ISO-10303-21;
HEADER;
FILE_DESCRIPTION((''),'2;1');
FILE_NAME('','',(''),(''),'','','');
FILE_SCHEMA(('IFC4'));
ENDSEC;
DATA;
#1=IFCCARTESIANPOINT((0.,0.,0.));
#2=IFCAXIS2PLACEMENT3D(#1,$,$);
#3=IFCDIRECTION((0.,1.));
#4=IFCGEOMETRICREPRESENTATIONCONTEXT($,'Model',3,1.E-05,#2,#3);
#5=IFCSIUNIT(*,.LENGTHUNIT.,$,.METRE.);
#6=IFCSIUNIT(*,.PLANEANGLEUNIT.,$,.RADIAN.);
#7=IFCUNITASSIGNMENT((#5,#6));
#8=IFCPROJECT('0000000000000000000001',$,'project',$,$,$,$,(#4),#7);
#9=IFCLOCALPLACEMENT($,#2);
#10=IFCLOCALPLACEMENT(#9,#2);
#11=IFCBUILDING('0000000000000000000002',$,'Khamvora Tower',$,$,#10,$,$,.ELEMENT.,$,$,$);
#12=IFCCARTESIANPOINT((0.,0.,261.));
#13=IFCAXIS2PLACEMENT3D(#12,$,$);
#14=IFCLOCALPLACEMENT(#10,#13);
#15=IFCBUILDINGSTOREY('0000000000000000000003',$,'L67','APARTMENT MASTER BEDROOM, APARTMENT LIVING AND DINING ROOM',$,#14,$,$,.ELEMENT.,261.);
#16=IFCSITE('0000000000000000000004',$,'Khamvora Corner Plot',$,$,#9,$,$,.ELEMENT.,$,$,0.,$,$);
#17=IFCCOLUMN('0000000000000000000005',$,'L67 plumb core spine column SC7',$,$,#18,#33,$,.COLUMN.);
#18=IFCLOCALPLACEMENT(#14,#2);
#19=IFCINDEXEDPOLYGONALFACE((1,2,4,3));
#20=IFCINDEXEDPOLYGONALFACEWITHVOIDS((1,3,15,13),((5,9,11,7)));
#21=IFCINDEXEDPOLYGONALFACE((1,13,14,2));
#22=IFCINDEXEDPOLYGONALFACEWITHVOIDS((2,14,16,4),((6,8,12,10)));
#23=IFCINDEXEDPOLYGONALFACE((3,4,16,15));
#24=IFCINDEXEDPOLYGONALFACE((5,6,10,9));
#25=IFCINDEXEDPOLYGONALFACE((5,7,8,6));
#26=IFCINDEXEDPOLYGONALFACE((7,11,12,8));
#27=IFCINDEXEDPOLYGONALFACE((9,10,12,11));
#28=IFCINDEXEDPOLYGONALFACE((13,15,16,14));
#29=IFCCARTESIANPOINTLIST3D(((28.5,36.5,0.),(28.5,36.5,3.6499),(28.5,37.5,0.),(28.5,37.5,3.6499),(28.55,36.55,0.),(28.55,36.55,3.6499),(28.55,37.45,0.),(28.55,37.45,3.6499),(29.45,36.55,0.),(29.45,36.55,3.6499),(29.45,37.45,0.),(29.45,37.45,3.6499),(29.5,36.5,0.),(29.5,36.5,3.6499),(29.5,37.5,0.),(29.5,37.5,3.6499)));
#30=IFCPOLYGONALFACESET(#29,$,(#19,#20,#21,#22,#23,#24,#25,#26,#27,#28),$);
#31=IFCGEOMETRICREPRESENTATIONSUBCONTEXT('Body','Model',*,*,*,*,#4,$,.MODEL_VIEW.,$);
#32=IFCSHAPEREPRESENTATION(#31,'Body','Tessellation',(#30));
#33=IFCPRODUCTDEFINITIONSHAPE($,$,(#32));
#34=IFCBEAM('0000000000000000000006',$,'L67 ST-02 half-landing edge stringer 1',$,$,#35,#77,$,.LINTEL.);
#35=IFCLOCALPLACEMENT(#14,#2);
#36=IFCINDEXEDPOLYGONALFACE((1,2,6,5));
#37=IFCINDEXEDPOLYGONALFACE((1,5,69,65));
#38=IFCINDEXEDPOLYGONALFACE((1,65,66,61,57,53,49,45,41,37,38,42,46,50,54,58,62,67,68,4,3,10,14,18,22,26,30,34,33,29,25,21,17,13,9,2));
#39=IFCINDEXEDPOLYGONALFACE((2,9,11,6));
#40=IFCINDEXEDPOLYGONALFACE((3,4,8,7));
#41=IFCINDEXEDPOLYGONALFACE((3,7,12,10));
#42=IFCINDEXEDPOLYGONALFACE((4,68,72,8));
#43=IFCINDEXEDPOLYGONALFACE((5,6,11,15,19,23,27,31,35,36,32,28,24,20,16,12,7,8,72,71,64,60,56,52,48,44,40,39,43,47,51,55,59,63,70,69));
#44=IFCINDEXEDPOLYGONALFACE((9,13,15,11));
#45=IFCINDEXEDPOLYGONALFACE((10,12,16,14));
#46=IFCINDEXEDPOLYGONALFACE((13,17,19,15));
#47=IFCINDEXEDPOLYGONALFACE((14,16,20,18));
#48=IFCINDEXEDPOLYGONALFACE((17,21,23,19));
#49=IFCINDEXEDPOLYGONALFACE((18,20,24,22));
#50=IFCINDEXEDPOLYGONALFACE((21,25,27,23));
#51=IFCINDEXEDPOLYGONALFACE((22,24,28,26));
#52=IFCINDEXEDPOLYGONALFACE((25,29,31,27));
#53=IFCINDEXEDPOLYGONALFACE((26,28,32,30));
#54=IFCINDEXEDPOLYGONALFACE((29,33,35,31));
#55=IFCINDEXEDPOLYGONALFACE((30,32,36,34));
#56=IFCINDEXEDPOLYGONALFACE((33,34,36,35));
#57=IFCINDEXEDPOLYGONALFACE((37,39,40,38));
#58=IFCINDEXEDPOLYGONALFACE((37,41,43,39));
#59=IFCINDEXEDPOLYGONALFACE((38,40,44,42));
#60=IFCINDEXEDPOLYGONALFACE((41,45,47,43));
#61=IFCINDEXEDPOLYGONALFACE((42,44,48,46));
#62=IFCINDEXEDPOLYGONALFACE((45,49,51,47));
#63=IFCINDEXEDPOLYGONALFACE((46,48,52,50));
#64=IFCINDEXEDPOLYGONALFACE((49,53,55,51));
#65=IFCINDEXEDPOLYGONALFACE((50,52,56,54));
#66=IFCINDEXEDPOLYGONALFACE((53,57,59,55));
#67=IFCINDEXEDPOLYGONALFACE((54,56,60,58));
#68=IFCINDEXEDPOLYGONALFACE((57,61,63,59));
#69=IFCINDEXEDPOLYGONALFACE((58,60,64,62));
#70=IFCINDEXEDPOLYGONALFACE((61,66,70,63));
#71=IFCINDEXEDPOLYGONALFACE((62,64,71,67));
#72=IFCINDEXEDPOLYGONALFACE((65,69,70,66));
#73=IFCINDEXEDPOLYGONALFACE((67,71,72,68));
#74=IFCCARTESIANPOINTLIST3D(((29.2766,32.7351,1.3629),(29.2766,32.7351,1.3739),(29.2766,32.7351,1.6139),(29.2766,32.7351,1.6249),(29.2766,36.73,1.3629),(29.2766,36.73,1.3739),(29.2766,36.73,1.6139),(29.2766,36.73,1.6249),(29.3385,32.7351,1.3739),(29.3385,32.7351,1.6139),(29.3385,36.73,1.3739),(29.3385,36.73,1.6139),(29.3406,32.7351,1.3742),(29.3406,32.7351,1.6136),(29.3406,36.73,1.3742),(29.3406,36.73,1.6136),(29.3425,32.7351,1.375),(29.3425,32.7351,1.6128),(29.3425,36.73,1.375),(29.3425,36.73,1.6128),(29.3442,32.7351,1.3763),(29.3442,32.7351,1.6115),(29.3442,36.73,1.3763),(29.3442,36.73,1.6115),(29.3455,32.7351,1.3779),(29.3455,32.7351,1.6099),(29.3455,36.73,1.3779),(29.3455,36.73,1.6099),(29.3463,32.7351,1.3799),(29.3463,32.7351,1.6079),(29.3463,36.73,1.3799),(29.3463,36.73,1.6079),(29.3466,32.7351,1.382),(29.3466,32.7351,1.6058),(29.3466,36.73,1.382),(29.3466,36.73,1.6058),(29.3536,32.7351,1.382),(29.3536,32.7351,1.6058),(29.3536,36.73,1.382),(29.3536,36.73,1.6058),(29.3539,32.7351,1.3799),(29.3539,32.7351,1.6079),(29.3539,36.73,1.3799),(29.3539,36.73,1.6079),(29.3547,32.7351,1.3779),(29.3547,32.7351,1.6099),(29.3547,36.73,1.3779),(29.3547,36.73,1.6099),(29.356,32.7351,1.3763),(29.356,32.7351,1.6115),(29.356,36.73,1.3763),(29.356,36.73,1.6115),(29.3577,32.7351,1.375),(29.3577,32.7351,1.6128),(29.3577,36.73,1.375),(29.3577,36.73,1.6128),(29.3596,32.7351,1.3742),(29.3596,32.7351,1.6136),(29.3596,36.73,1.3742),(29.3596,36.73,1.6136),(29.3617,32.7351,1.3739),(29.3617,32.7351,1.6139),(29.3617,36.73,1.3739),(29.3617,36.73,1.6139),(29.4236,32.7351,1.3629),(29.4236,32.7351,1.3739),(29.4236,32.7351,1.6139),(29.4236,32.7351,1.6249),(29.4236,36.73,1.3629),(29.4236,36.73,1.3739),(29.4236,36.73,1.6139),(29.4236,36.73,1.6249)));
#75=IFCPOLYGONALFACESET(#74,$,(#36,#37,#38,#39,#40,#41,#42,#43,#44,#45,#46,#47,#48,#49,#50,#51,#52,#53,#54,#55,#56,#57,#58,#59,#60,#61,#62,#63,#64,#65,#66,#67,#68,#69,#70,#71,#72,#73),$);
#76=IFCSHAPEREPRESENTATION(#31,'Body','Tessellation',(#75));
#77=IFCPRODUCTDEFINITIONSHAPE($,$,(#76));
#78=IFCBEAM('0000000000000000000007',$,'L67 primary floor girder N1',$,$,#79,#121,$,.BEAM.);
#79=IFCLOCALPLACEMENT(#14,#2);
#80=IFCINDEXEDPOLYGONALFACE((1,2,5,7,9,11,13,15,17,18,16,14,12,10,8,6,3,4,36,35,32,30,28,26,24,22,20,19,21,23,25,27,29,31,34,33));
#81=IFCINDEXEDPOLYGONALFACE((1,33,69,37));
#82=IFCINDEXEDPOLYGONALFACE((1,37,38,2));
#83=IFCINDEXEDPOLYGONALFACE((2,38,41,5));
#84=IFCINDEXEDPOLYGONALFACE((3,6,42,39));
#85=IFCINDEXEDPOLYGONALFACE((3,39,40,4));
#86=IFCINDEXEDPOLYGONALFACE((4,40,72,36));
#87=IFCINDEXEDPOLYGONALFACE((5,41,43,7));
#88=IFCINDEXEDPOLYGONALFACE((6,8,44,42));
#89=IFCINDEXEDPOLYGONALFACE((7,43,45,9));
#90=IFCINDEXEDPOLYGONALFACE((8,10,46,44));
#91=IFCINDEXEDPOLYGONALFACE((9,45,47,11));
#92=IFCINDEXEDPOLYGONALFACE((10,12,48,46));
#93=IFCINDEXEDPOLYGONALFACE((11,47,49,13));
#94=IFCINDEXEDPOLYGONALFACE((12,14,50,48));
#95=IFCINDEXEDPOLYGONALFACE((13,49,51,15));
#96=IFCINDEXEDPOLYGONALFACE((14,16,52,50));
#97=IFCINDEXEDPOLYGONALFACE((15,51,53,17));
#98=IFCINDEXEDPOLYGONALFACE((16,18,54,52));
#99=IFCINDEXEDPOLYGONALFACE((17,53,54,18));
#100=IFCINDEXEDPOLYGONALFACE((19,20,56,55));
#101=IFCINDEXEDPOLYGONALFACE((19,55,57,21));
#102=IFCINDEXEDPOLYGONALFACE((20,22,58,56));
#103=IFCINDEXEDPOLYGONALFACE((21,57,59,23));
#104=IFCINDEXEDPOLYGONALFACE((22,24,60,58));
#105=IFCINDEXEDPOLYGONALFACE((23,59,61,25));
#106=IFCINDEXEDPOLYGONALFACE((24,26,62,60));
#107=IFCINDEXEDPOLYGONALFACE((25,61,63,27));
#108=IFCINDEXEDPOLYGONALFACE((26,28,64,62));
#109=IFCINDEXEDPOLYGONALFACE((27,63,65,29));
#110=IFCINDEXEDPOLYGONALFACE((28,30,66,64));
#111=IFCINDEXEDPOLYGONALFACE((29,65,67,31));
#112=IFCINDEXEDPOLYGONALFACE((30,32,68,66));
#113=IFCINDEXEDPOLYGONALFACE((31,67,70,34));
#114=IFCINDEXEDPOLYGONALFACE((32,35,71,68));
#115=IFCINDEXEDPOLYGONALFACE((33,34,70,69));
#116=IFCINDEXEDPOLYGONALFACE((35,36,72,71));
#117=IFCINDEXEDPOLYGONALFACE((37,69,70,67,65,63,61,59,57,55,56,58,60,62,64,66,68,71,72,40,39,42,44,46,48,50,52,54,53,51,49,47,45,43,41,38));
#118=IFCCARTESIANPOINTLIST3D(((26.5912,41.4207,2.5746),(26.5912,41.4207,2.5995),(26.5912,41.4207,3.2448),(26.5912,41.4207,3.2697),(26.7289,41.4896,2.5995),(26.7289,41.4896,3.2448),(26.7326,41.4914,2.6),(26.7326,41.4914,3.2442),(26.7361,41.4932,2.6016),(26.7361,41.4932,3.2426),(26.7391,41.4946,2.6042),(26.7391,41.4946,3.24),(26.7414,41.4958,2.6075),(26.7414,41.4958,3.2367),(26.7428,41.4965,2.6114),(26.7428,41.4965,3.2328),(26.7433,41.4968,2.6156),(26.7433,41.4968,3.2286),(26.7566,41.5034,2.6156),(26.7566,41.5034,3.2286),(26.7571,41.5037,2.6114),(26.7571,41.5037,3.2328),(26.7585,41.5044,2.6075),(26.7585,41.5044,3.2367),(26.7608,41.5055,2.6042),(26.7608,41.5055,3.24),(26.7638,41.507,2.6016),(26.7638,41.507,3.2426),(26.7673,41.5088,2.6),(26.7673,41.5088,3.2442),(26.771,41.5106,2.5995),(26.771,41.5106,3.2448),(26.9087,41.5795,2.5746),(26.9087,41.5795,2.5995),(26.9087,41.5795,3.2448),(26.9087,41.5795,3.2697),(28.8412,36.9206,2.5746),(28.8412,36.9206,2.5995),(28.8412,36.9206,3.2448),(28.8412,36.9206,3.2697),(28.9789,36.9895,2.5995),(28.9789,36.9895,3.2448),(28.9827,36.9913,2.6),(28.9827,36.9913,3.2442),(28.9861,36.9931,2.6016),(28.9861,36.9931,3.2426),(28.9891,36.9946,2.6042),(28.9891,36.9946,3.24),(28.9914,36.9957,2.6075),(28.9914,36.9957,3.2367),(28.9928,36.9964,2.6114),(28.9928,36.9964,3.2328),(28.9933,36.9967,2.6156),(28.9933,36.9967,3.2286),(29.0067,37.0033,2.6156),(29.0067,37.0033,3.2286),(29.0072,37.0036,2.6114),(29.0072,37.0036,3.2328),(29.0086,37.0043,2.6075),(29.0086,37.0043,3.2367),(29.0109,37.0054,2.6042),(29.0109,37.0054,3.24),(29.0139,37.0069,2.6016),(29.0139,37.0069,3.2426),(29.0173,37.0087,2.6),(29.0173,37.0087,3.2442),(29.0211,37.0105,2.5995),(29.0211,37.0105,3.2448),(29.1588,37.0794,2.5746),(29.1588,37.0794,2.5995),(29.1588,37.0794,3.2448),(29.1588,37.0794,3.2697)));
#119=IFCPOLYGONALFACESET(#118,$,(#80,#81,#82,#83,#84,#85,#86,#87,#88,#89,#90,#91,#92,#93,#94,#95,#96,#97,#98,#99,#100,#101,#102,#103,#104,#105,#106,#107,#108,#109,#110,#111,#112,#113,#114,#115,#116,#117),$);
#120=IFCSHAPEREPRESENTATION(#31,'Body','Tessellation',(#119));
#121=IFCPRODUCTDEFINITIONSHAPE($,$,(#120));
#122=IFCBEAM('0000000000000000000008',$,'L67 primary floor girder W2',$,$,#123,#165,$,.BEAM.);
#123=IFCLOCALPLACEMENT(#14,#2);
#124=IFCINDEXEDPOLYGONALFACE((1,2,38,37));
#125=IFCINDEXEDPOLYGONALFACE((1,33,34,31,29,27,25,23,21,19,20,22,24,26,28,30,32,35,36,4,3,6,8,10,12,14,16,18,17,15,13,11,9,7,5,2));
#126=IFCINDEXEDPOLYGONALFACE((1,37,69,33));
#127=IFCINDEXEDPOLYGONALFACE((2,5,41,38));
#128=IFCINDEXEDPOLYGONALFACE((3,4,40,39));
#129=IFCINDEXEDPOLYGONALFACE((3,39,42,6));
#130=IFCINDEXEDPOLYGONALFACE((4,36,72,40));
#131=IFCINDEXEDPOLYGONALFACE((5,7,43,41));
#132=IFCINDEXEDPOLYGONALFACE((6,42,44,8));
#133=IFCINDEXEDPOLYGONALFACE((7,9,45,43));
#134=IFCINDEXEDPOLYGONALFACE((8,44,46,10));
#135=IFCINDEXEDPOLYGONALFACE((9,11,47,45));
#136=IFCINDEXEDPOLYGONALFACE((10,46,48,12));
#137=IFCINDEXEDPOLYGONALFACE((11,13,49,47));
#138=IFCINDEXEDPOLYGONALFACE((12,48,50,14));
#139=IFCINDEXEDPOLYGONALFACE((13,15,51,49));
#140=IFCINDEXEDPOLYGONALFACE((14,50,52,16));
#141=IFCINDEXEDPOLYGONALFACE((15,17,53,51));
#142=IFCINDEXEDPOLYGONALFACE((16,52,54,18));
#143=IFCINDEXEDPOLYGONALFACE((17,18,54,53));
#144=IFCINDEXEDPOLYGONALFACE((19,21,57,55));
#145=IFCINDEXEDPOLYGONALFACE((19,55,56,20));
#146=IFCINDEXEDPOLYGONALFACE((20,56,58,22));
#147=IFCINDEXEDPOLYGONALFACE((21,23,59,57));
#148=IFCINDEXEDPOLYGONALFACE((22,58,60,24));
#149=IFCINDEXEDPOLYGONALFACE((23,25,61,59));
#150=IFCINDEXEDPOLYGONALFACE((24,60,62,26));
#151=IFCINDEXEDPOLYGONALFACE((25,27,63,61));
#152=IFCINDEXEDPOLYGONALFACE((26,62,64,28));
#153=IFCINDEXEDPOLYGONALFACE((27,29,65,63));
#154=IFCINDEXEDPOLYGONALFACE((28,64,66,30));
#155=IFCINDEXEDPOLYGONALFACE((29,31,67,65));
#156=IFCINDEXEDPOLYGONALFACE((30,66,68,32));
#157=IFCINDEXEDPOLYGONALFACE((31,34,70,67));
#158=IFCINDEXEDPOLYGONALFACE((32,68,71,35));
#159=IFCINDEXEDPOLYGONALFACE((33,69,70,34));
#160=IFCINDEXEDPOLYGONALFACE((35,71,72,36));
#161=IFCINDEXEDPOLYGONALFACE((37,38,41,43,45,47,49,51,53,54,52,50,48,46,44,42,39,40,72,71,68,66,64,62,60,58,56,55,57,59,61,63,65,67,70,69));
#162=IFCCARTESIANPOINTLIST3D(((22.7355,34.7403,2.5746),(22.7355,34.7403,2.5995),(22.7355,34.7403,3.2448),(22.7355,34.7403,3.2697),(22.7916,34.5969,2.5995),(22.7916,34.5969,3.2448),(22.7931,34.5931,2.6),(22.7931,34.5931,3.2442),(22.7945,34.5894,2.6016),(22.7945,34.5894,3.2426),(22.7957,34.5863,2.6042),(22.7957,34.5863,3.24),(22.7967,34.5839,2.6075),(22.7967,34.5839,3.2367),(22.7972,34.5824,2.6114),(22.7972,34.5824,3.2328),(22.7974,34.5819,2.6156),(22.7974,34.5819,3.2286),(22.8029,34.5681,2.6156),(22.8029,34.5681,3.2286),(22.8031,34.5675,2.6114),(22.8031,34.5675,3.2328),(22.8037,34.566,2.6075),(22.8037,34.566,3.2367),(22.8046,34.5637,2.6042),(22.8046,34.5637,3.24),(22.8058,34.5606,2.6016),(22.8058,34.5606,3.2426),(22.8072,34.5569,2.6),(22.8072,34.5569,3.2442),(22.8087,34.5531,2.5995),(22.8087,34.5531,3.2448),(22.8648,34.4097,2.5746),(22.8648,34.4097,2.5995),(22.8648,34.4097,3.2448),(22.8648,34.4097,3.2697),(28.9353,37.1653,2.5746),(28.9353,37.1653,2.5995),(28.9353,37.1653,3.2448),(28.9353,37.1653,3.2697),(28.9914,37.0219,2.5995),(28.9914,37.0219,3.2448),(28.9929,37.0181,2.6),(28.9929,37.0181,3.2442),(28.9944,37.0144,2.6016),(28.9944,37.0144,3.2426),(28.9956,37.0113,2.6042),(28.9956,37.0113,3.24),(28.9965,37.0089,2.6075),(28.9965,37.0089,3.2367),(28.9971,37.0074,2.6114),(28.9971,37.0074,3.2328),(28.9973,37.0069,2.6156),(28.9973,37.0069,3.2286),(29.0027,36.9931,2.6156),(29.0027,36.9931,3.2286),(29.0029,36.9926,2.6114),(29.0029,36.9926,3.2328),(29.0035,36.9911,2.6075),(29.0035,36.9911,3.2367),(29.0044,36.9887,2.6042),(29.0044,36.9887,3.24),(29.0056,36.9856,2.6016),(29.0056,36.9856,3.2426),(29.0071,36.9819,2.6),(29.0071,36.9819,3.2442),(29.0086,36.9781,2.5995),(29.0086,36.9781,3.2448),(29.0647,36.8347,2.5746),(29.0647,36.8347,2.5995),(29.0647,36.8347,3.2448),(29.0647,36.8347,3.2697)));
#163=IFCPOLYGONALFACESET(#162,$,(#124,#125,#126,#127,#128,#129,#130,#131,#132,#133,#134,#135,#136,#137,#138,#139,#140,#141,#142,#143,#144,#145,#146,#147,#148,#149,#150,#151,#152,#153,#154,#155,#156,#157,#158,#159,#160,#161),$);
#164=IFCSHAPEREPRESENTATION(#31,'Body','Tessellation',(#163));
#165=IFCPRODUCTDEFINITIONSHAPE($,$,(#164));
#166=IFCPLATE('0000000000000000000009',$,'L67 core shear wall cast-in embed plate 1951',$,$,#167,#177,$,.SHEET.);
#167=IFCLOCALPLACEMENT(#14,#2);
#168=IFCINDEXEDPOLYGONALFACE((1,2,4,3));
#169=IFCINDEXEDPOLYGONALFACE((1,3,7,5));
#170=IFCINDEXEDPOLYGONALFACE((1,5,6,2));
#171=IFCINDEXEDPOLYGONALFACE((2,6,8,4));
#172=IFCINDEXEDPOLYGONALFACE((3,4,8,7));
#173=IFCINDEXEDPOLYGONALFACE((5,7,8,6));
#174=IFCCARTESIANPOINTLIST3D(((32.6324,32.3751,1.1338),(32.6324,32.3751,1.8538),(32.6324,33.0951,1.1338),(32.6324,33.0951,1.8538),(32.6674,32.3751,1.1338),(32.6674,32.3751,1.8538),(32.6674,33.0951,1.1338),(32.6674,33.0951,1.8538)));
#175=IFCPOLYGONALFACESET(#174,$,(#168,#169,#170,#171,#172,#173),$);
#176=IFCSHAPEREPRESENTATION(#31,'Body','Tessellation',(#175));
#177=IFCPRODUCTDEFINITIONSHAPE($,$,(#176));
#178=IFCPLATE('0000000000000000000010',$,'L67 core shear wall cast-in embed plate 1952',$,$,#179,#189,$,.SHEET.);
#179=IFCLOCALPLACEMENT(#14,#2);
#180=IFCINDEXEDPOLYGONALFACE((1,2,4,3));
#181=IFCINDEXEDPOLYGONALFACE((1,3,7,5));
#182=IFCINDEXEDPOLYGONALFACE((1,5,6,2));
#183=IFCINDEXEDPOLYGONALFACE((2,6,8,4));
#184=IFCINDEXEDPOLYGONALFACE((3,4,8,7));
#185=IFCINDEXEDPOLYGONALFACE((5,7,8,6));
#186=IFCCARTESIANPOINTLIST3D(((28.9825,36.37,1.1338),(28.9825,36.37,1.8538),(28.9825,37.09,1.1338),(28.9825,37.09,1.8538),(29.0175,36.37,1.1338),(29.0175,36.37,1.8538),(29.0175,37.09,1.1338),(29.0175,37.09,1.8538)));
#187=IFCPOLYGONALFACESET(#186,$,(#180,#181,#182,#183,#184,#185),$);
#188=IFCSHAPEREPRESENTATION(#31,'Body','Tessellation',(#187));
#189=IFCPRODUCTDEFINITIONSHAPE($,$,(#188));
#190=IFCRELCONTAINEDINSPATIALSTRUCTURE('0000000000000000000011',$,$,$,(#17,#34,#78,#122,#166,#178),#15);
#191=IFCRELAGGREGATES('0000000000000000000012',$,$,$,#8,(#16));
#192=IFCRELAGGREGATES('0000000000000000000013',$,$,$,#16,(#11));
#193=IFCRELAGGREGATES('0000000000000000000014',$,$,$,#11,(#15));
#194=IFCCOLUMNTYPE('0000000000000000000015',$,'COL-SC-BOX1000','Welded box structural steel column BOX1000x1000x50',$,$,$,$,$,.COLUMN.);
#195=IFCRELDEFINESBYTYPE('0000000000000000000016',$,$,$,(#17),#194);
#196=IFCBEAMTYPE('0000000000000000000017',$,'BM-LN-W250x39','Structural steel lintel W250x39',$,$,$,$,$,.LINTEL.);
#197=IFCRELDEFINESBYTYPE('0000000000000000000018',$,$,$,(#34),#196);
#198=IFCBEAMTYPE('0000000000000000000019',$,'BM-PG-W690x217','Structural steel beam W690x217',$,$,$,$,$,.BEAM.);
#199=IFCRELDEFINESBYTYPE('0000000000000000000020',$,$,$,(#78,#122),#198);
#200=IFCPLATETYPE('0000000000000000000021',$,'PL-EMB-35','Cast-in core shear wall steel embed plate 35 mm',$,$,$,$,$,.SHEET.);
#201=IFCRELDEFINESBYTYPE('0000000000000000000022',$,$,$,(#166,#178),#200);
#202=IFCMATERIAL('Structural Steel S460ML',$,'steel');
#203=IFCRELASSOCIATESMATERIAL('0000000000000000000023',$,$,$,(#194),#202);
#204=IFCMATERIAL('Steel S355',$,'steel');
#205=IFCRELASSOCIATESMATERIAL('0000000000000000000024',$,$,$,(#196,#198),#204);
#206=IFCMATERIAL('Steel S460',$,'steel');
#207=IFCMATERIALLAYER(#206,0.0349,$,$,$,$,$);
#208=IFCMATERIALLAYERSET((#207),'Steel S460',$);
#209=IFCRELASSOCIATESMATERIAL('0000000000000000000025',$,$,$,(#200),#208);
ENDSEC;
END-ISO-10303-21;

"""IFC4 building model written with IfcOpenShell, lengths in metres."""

from ifc_helpers import new_model, si_unit, direction, frame, origin, origin_2d, place, context, subcontext, project, spatial, rectangle, hollow_rectangle, i_section, extrude, material, layer, layer_set, material_profile, profile_set, type_object, element, save


model = new_model("IFC4")

# Units and contexts
model_context = context("Model", 3, precision=1e-05, world=origin(), true_north=direction((0.0, 1.0)))
body_context = subcontext(model_context, "Body", "Model", "MODEL_VIEW")
ifc_project = project(units=[si_unit("LENGTHUNIT", "METRE"), si_unit("PLANEANGLEUNIT", "RADIAN")], contexts=[model_context])

# Site, building, storey
site_placement = place(None, origin())
site = spatial("IfcSite", under=ifc_project, at=site_placement, Name="Khamvora Corner Plot", CompositionType="ELEMENT", RefElevation=0.0)
building_placement = place(site_placement, origin())
building = spatial("IfcBuilding", under=site, at=building_placement, Name="Khamvora Tower", CompositionType="ELEMENT")
storey_placement = place(building_placement, frame((0.0, 0.0, 261.0)))
storey = spatial("IfcBuildingStorey", under=building, at=storey_placement, Name="L67", Description="APARTMENT MASTER BEDROOM, APARTMENT LIVING AND DINING ROOM", CompositionType="ELEMENT", Elevation=261.0)

# Column
ifc_material_1 = material(Name="Structural Steel S460ML", Category="steel")
ifc_material_profile_1 = material_profile(ifc_material_1, hollow_rectangle(XDim=1.0, YDim=1.0, WallThickness=0.05, at=origin_2d()), Name="BOX1000x1000x50")
ifc_profile_set_1 = profile_set([ifc_material_profile_1], Name="Structural Steel S460ML")
column_type = type_object("IfcColumnType", Name="COL-SC-BOX1000", Description="Welded box structural steel column BOX1000x1000x50", PredefinedType="COLUMN", material=ifc_profile_set_1)
column_placement = place(storey_placement, frame((29.0, 37.0, 0.0), z_axis=(0.0, 0.0, 1.0), x_axis=(1.0, 0.0, 0.0)))
element("IfcColumn", 1, at=column_placement, inside=storey, type_object=column_type, Name="L67 plumb core spine column SC7", PredefinedType="COLUMN", context=body_context, shape_type="SweptSolid", body=[
    extrude(hollow_rectangle(XDim=1.0, YDim=1.0, WallThickness=0.05, at=origin_2d()), origin(), (0.0, 0.0, 1.0), 3.6499),
])

# Beams
ifc_material_2 = material(Name="Steel S355", Category="steel")
ifc_material_profile_2 = material_profile(ifc_material_2, i_section(OverallWidth=0.147, OverallDepth=0.262, WebThickness=0.0071, FlangeThickness=0.011, FilletRadius=0.0081, at=origin_2d()), Name="W250x39")
ifc_profile_set_2 = profile_set([ifc_material_profile_2], Name="Steel S355")
beam_type_1 = type_object("IfcBeamType", Name="BM-LN-W250x39", Description="Structural steel lintel W250x39", PredefinedType="LINTEL", material=ifc_profile_set_2)
beam_1_placement = place(storey_placement, frame((29.3501, 32.7351, 1.4939), z_axis=(0.0, 1.0, 0.0), x_axis=(-1.0, 0.0, 0.0)))
element("IfcBeam", 2, at=beam_1_placement, inside=storey, type_object=beam_type_1, Name="L67 ST-02 half-landing edge stringer 1", PredefinedType="LINTEL", context=body_context, shape_type="SweptSolid", body=[
    extrude(i_section(OverallWidth=0.147, OverallDepth=0.262, WebThickness=0.0071, FlangeThickness=0.011, FilletRadius=0.0081, at=origin_2d()), origin(), (0.0, 0.0, 1.0), 3.9949),
])
ifc_material_profile_3 = material_profile(ifc_material_2, i_section(OverallWidth=0.355, OverallDepth=0.6951, WebThickness=0.0149, FlangeThickness=0.0249, FilletRadius=0.0161, at=origin_2d()), Name="W690x217")
ifc_profile_set_3 = profile_set([ifc_material_profile_3], Name="Steel S355")
beam_type_2 = type_object("IfcBeamType", Name="BM-PG-W690x217", Description="Structural steel beam W690x217", PredefinedType="BEAM", material=ifc_profile_set_3)
beam_2_placement = place(storey_placement, frame((29.0, 37.0, 2.9221), z_axis=(-0.447214, 0.894427, 0.0), x_axis=(-0.894427, -0.447214, 0.0)))
element("IfcBeam", 3, at=beam_2_placement, inside=storey, type_object=beam_type_2, Name="L67 primary floor girder N1", PredefinedType="BEAM", context=body_context, shape_type="SweptSolid", body=[
    extrude(i_section(OverallWidth=0.355, OverallDepth=0.6951, WebThickness=0.0149, FlangeThickness=0.0249, FilletRadius=0.0161, at=origin_2d()), origin(), (0.0, 0.0, 1.0), 5.0312),
])
beam_3_placement = place(storey_placement, frame((29.0, 37.0, 2.9221), z_axis=(-0.931295, -0.364267, 0.0), x_axis=(0.364267, -0.931295, 0.0)))
element("IfcBeam", 4, at=beam_3_placement, inside=storey, type_object=beam_type_2, Name="L67 primary floor girder W2", PredefinedType="BEAM", context=body_context, shape_type="SweptSolid", body=[
    extrude(i_section(OverallWidth=0.355, OverallDepth=0.6951, WebThickness=0.0149, FlangeThickness=0.0249, FilletRadius=0.0161, at=origin_2d()), origin(), (0.0, 0.0, 1.0), 6.6572),
])

# Plates
ifc_material_3 = material(Name="Steel S460", Category="steel")
ifc_layer_1 = layer(ifc_material_3, 0.0349)
ifc_layer_set_1 = layer_set([ifc_layer_1], Name="Steel S460")
plate_type = type_object("IfcPlateType", Name="PL-EMB-35", Description="Cast-in core shear wall steel embed plate 35 mm", PredefinedType="SHEET", material=ifc_layer_set_1)
for number, where, z_axis, x_axis, name in (
    (5, (32.6499, 32.7351, 1.1338), (0.0, 0.0, 1.0), (1.0, 0.0, 0.0), "L67 core shear wall cast-in embed plate 1951"),
    (6, (29.0, 36.73, 1.1338), (0.0, 0.0, 1.0), (1.0, 0.0, 0.0), "L67 core shear wall cast-in embed plate 1952"),
):
    element("IfcPlate", number, at=place(storey_placement, frame(where, z_axis=z_axis, x_axis=x_axis)), inside=storey, type_object=plate_type, Name=name, PredefinedType="SHEET", context=body_context, shape_type="SweptSolid", body=[
        extrude(rectangle(XDim=0.0349, YDim=0.72, at=origin_2d()), origin(), (0.0, 0.0, 1.0), 0.72),
    ])

save(model, "model.ifc")
